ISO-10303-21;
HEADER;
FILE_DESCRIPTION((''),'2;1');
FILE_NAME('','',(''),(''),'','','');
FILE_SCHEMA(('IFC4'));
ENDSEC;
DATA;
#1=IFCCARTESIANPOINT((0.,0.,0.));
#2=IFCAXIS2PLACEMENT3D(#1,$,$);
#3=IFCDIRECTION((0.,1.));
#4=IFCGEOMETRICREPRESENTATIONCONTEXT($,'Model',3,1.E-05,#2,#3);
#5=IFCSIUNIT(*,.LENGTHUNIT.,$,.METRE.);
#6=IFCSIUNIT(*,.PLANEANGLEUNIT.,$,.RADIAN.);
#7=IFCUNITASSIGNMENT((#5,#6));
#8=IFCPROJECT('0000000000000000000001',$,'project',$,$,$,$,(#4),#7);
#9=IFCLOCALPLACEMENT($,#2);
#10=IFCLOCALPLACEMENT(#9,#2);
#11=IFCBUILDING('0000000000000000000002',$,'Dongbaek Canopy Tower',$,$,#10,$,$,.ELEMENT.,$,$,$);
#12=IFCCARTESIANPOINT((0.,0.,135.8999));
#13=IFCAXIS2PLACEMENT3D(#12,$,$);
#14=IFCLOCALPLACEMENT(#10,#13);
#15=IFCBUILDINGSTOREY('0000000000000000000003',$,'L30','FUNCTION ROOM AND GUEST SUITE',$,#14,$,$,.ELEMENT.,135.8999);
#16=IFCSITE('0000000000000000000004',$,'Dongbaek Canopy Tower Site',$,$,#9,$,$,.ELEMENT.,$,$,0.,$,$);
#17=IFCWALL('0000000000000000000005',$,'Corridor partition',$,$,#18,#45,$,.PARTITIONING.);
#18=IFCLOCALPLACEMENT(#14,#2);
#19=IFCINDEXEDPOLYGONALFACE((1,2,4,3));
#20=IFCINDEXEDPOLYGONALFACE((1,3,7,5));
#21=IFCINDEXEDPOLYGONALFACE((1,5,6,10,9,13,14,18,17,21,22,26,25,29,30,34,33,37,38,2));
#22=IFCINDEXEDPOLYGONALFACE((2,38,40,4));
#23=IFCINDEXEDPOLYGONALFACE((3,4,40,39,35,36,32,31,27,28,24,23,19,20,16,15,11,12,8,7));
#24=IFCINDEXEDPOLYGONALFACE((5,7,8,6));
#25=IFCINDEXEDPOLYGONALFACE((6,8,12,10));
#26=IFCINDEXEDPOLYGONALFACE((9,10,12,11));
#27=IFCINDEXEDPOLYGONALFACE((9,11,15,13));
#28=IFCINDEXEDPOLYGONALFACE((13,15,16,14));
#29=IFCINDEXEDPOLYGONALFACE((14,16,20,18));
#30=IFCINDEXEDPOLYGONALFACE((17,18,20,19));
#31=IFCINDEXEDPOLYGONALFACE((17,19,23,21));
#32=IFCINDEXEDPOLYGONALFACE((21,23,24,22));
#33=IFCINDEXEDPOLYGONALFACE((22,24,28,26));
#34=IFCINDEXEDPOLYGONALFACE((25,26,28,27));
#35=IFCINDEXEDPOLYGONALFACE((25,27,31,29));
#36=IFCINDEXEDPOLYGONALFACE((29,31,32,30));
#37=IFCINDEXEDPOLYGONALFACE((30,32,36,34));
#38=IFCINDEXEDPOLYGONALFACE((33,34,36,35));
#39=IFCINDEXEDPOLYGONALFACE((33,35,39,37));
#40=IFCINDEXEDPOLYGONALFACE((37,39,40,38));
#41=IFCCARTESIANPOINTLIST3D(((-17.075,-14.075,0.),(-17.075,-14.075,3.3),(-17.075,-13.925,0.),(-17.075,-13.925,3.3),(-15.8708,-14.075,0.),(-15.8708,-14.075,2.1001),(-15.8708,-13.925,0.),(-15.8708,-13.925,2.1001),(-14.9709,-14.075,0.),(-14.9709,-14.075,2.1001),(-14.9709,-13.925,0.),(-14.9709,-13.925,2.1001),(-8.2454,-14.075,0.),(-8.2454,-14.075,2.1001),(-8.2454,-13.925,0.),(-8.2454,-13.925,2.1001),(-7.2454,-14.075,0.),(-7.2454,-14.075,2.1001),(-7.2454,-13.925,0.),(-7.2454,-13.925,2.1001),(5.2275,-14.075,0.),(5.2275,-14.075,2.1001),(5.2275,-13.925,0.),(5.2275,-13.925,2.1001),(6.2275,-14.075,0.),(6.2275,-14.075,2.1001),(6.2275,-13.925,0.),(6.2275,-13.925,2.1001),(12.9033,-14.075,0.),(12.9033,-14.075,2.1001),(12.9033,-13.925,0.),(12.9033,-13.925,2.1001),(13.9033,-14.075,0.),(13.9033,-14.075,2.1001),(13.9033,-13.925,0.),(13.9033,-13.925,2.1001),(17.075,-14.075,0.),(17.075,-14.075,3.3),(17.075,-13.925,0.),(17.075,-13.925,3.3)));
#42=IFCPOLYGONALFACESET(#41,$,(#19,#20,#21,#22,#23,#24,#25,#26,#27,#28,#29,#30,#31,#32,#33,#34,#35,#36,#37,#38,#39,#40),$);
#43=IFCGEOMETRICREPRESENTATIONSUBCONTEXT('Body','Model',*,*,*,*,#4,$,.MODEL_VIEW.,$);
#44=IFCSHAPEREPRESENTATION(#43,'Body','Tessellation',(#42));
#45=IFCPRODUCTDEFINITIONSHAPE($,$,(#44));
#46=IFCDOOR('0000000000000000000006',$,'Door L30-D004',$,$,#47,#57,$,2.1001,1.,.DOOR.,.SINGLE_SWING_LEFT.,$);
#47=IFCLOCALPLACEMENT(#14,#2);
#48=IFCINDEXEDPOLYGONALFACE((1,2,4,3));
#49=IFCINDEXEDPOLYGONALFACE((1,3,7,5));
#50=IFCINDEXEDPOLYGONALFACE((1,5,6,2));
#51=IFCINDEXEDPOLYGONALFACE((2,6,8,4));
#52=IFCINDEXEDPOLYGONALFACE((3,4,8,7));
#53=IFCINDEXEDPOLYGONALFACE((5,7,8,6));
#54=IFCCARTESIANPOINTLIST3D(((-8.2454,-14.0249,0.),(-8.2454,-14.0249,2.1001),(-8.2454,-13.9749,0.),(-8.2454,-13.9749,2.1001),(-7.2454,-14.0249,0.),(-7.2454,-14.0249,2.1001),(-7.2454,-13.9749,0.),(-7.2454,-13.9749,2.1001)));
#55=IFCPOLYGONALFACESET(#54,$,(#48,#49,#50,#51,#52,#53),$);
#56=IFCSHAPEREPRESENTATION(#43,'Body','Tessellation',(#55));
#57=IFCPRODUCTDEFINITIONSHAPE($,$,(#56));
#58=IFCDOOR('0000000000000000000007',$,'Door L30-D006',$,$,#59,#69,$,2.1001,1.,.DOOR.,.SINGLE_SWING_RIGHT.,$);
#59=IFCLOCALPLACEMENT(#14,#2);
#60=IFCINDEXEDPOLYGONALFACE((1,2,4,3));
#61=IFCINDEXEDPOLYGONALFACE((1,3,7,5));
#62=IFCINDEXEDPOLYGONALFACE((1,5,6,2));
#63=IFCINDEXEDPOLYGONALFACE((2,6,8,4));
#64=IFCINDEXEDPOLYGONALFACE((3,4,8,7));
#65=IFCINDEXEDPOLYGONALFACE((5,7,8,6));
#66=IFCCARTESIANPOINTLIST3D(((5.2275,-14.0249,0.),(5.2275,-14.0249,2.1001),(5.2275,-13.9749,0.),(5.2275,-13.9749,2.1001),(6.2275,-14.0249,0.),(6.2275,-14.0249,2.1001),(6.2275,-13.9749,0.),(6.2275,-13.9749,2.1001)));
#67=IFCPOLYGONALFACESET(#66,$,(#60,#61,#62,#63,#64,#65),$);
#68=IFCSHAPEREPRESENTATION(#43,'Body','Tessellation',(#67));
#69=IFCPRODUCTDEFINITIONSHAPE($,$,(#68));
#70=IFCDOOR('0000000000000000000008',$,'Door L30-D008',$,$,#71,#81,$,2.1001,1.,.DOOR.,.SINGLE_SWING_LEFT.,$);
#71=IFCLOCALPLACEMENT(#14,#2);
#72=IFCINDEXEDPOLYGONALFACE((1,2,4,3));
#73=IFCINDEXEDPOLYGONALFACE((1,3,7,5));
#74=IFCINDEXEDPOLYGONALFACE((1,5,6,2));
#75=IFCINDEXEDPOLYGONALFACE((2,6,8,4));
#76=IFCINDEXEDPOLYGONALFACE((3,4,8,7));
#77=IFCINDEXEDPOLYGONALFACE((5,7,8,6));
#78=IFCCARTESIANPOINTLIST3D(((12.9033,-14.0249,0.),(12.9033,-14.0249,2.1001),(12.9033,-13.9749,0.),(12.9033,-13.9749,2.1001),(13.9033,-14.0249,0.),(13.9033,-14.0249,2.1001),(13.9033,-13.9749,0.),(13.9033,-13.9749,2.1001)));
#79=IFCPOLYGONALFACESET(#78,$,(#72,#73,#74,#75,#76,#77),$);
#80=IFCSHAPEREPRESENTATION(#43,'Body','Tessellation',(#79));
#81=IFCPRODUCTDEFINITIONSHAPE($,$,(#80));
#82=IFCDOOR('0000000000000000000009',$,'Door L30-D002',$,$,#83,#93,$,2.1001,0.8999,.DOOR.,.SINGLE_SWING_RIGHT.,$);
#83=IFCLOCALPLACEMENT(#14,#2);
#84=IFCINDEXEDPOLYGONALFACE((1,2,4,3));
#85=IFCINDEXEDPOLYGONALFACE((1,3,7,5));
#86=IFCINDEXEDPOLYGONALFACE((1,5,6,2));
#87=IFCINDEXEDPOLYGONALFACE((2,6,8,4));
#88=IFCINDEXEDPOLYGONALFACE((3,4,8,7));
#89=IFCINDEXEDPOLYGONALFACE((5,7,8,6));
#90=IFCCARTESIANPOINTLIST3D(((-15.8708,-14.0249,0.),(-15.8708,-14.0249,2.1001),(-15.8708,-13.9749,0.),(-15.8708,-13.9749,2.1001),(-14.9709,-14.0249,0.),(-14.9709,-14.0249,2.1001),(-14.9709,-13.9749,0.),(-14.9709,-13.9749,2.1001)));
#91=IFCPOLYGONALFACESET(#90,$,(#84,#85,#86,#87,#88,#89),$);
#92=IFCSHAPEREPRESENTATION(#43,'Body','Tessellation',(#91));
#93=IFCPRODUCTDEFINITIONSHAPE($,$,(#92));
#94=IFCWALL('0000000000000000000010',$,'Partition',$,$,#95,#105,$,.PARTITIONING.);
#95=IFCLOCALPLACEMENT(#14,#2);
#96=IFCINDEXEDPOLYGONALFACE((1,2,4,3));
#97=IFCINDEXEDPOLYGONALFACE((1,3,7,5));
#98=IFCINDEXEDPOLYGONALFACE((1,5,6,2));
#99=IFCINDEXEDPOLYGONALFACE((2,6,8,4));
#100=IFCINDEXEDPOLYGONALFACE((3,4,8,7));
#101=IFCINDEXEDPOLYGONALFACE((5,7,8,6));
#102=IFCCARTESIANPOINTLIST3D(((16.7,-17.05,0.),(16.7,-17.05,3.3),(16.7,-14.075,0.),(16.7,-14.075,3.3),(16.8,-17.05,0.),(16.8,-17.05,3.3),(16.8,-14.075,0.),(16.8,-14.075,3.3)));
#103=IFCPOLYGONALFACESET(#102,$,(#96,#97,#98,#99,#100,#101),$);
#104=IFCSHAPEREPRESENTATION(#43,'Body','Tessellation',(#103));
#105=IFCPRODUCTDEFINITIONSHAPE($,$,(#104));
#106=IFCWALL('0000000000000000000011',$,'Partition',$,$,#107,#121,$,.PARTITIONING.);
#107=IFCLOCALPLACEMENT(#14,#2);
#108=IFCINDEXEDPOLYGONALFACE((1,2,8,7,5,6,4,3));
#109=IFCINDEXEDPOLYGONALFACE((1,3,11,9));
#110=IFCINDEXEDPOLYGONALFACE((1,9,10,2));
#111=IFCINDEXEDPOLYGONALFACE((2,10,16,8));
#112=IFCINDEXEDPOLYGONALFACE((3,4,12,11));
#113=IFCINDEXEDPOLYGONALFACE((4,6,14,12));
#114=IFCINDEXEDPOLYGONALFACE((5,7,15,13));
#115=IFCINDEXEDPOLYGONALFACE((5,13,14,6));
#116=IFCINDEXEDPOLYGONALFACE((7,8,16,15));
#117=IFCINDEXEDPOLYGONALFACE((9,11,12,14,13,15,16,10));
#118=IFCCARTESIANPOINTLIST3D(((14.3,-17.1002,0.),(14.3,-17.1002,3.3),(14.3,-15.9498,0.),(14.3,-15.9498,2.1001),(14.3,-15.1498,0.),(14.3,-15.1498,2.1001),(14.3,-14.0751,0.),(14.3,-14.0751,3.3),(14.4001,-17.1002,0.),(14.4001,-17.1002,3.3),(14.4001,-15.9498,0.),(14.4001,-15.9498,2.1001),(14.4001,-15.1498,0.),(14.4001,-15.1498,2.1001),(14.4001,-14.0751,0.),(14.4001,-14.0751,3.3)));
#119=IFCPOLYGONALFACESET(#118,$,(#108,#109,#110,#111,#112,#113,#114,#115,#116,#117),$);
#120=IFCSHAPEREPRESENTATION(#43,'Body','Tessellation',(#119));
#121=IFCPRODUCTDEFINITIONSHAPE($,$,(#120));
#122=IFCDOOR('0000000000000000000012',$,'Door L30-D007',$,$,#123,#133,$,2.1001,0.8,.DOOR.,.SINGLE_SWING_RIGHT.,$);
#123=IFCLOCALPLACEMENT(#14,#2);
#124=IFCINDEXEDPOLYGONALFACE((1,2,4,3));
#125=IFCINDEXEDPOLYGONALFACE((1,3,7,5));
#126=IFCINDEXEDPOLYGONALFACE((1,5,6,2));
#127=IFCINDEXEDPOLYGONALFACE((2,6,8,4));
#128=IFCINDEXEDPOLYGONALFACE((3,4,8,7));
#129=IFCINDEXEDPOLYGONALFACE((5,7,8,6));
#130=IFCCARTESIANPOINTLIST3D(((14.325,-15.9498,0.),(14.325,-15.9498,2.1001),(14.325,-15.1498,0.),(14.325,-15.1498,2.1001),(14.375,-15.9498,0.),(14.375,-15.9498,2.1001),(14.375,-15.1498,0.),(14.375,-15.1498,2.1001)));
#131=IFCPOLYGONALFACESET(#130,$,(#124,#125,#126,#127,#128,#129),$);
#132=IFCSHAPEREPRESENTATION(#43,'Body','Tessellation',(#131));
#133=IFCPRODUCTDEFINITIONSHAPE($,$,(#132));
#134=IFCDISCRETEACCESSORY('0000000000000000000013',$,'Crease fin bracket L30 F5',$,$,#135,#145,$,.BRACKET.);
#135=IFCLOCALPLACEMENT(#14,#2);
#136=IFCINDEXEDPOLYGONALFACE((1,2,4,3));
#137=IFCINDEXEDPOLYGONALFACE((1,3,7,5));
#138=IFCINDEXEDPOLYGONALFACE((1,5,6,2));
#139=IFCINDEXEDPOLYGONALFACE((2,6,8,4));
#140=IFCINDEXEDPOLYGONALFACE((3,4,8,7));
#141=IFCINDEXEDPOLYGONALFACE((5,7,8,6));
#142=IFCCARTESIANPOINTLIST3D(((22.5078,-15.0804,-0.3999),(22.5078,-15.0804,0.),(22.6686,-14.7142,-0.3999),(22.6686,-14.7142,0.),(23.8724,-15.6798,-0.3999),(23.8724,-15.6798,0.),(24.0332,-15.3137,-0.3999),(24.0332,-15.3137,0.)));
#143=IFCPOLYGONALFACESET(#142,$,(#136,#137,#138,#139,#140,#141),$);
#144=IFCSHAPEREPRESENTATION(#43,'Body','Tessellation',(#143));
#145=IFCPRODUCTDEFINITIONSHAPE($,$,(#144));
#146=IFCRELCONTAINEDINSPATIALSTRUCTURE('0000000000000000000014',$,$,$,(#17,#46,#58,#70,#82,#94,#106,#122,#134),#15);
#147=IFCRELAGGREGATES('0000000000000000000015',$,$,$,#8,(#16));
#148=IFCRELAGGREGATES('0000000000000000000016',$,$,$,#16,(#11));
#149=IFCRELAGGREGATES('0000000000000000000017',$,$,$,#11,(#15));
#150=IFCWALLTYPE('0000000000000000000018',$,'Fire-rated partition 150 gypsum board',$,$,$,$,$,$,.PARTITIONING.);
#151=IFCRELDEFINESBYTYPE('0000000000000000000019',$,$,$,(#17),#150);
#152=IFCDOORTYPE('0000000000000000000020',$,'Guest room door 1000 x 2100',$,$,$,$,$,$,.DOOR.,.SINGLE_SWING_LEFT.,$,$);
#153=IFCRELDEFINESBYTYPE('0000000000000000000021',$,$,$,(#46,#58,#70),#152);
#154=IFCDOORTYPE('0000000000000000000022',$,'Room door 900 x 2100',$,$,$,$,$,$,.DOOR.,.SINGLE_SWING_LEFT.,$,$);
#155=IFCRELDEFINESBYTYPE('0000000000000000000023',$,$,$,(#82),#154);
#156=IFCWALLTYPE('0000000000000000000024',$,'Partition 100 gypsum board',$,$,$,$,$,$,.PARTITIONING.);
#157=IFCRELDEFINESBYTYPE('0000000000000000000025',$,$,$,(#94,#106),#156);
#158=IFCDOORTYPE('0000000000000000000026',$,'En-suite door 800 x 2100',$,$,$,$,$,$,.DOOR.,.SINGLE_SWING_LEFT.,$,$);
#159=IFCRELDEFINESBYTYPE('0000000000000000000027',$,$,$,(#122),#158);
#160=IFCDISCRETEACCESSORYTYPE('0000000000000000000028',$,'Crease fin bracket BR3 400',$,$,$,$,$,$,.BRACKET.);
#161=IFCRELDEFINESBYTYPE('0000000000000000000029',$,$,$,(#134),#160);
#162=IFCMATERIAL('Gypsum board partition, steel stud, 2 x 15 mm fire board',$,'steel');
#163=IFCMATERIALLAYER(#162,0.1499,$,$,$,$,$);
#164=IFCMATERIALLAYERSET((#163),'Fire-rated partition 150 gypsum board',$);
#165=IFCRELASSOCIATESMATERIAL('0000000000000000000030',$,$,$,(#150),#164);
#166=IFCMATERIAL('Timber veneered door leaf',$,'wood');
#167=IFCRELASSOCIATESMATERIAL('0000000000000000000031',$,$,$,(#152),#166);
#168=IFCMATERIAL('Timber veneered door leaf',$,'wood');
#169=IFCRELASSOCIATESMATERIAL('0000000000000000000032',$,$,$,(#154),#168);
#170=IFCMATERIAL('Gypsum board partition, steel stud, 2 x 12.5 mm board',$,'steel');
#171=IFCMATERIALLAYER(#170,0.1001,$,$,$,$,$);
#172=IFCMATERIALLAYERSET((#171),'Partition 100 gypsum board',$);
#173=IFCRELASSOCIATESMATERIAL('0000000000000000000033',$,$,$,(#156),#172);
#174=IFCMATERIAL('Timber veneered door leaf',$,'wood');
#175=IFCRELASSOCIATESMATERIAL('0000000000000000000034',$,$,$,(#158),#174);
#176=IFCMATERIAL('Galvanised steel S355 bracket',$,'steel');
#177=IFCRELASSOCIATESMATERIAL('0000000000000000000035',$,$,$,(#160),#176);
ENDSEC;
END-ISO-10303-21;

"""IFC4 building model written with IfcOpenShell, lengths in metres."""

from ifc_helpers import new_model, si_unit, direction, frame, frame_2d, origin, origin_2d, place, context, subcontext, project, spatial, rectangle, extrude, material, layer, layer_set, type_object, element, fill, save


model = new_model("IFC4")

# Units and contexts
model_context = context("Model", 3, precision=1e-05, world=origin(), true_north=direction((0.0, 1.0)))
body_context = subcontext(model_context, "Body", "Model", "MODEL_VIEW")
ifc_project = project(units=[si_unit("LENGTHUNIT", "METRE"), si_unit("PLANEANGLEUNIT", "RADIAN")], contexts=[model_context])

# Site, building, storey
site_placement = place(None, origin())
site = spatial("IfcSite", under=ifc_project, at=site_placement, Name="Dongbaek Canopy Tower Site", CompositionType="ELEMENT", RefElevation=0.0)
building_placement = place(site_placement, origin())
building = spatial("IfcBuilding", under=site, at=building_placement, Name="Dongbaek Canopy Tower", CompositionType="ELEMENT")
storey_placement = place(building_placement, frame((0.0, 0.0, 135.8999)))
storey = spatial("IfcBuildingStorey", under=building, at=storey_placement, Name="L30", Description="FUNCTION ROOM AND GUEST SUITE", CompositionType="ELEMENT", Elevation=135.8999)

# Wall, openings, doors
ifc_material_1 = material(Name="Gypsum board partition, steel stud, 2 x 15 mm fire board", Category="steel")
ifc_layer_1 = layer(ifc_material_1, 0.1499)
ifc_layer_set_1 = layer_set([ifc_layer_1], Name="Fire-rated partition 150 gypsum board")
wall_type_1 = type_object("IfcWallType", Name="Fire-rated partition 150 gypsum board", PredefinedType="PARTITIONING", material=ifc_layer_set_1)
wall_1_placement = place(storey_placement, frame((17.075, -14.0, 0.0), z_axis=(0.0, 0.0, 1.0), x_axis=(-1.0, 0.0, 0.0)))
wall_1 = element("IfcWall", 1, at=wall_1_placement, inside=storey, type_object=wall_type_1, Name="Corridor partition", PredefinedType="PARTITIONING", context=body_context, shape_type="SweptSolid", body=[
    extrude(rectangle(XDim=34.1499, YDim=0.1499, at=frame_2d((17.075, 0.0))), origin(), (0.0, 0.0, 1.0), 3.3),
])
opening_1_placement = place(wall_1_placement, frame((32.0459, 0.0, 0.0)))
opening_1 = element("IfcOpeningElement", 2, at=opening_1_placement, cuts=wall_1, PredefinedType="OPENING", context=body_context, shape_type="SweptSolid", body=[
    extrude(rectangle(XDim=0.8999, YDim=2.1001, at=frame_2d((0.45, 1.05))), frame((0.0, 0.085, 0.0), z_axis=(0.0, -1.0, 0.0), x_axis=(1.0, 0.0, 0.0)), (0.0, 0.0, 1.0), 0.1699),
])
opening_2_placement = place(wall_1_placement, frame((24.3203, 0.0, 0.0)))
opening_2 = element("IfcOpeningElement", 3, at=opening_2_placement, cuts=wall_1, PredefinedType="OPENING", context=body_context, shape_type="SweptSolid", body=[
    extrude(rectangle(XDim=1.0, YDim=2.1001, at=frame_2d((0.5, 1.05))), frame((0.0, 0.085, 0.0), z_axis=(0.0, -1.0, 0.0), x_axis=(1.0, 0.0, 0.0)), (0.0, 0.0, 1.0), 0.1699),
])
opening_3_placement = place(wall_1_placement, frame((10.8474, 0.0, 0.0)))
opening_3 = element("IfcOpeningElement", 4, at=opening_3_placement, cuts=wall_1, PredefinedType="OPENING", context=body_context, shape_type="SweptSolid", body=[
    extrude(rectangle(XDim=1.0, YDim=2.1001, at=frame_2d((0.5, 1.05))), frame((0.0, 0.085, 0.0), z_axis=(0.0, -1.0, 0.0), x_axis=(1.0, 0.0, 0.0)), (0.0, 0.0, 1.0), 0.1699),
])
opening_4_placement = place(wall_1_placement, frame((3.1716, 0.0, 0.0)))
opening_4 = element("IfcOpeningElement", 5, at=opening_4_placement, cuts=wall_1, PredefinedType="OPENING", context=body_context, shape_type="SweptSolid", body=[
    extrude(rectangle(XDim=1.0, YDim=2.1001, at=frame_2d((0.5, 1.05))), frame((0.0, 0.085, 0.0), z_axis=(0.0, -1.0, 0.0), x_axis=(1.0, 0.0, 0.0)), (0.0, 0.0, 1.0), 0.1699),
])
ifc_material_2 = material(Name="Timber veneered door leaf", Category="wood")
door_type_1 = type_object("IfcDoorType", Name="Guest room door 1000 x 2100", OperationType="SINGLE_SWING_LEFT", PredefinedType="DOOR", material=ifc_material_2)
door_1_placement = place(opening_2_placement, origin())
door_1 = element("IfcDoor", 6, at=door_1_placement, inside=storey, type_object=door_type_1, Name="Door L30-D004", OperationType="SINGLE_SWING_LEFT", OverallHeight=2.1001, OverallWidth=1.0, PredefinedType="DOOR", context=body_context, shape_type="SweptSolid", body=[
    extrude(rectangle(XDim=1.0, YDim=2.1001, at=frame_2d((0.5, 1.05))), frame((0.0, 0.0249, 0.0), z_axis=(0.0, -1.0, 0.0), x_axis=(1.0, 0.0, 0.0)), (0.0, 0.0, 1.0), 0.05),
])
fill(opening_2, door_1)
door_2_placement = place(opening_3_placement, origin())
door_2 = element("IfcDoor", 7, at=door_2_placement, inside=storey, type_object=door_type_1, Name="Door L30-D006", OperationType="SINGLE_SWING_RIGHT", OverallHeight=2.1001, OverallWidth=1.0, PredefinedType="DOOR", context=body_context, shape_type="SweptSolid", body=[
    extrude(rectangle(XDim=1.0, YDim=2.1001, at=frame_2d((0.5, 1.05))), frame((0.0, 0.0249, 0.0), z_axis=(0.0, -1.0, 0.0), x_axis=(1.0, 0.0, 0.0)), (0.0, 0.0, 1.0), 0.05),
])
fill(opening_3, door_2)
door_3_placement = place(opening_4_placement, origin())
door_3 = element("IfcDoor", 8, at=door_3_placement, inside=storey, type_object=door_type_1, Name="Door L30-D008", OperationType="SINGLE_SWING_LEFT", OverallHeight=2.1001, OverallWidth=1.0, PredefinedType="DOOR", context=body_context, shape_type="SweptSolid", body=[
    extrude(rectangle(XDim=1.0, YDim=2.1001, at=frame_2d((0.5, 1.05))), frame((0.0, 0.0249, 0.0), z_axis=(0.0, -1.0, 0.0), x_axis=(1.0, 0.0, 0.0)), (0.0, 0.0, 1.0), 0.05),
])
fill(opening_4, door_3)
ifc_material_3 = material(Name="Timber veneered door leaf", Category="wood")
door_type_2 = type_object("IfcDoorType", Name="Room door 900 x 2100", OperationType="SINGLE_SWING_LEFT", PredefinedType="DOOR", material=ifc_material_3)
door_4_placement = place(opening_1_placement, origin())
door_4 = element("IfcDoor", 9, at=door_4_placement, inside=storey, type_object=door_type_2, Name="Door L30-D002", OperationType="SINGLE_SWING_RIGHT", OverallHeight=2.1001, OverallWidth=0.8999, PredefinedType="DOOR", context=body_context, shape_type="SweptSolid", body=[
    extrude(rectangle(XDim=0.8999, YDim=2.1001, at=frame_2d((0.45, 1.05))), frame((0.0, 0.0249, 0.0), z_axis=(0.0, -1.0, 0.0), x_axis=(1.0, 0.0, 0.0)), (0.0, 0.0, 1.0), 0.05),
])
fill(opening_1, door_4)

# Wall
ifc_material_4 = material(Name="Gypsum board partition, steel stud, 2 x 12.5 mm board", Category="steel")
ifc_layer_2 = layer(ifc_material_4, 0.1001)
ifc_layer_set_2 = layer_set([ifc_layer_2], Name="Partition 100 gypsum board")
wall_type_2 = type_object("IfcWallType", Name="Partition 100 gypsum board", PredefinedType="PARTITIONING", material=ifc_layer_set_2)
wall_2_placement = place(storey_placement, frame((16.75, -17.05, 0.0), z_axis=(0.0, 0.0, 1.0), x_axis=(0.0, 1.0, 0.0)))
element("IfcWall", 10, at=wall_2_placement, inside=storey, type_object=wall_type_2, Name="Partition", PredefinedType="PARTITIONING", context=body_context, shape_type="SweptSolid", body=[
    extrude(rectangle(XDim=2.9751, YDim=0.1001, at=frame_2d((1.4875, 0.0))), origin(), (0.0, 0.0, 1.0), 3.3),
])

# Wall, opening, door
wall_3_placement = place(storey_placement, frame((14.3501, -14.075, 0.0), z_axis=(0.0, 0.0, 1.0), x_axis=(0.0, -1.0, 0.0)))
wall_3 = element("IfcWall", 11, at=wall_3_placement, inside=storey, type_object=wall_type_2, Name="Partition", PredefinedType="PARTITIONING", context=body_context, shape_type="SweptSolid", body=[
    extrude(rectangle(XDim=3.0251, YDim=0.1001, at=frame_2d((1.5127, 0.0))), origin(), (0.0, 0.0, 1.0), 3.3),
])
opening_5_placement = place(wall_3_placement, frame((1.075, 0.0, 0.0)))
opening_5 = element("IfcOpeningElement", 12, at=opening_5_placement, cuts=wall_3, PredefinedType="OPENING", context=body_context, shape_type="SweptSolid", body=[
    extrude(rectangle(XDim=0.8, YDim=2.1001, at=frame_2d((0.3999, 1.05))), frame((0.0, 0.0601, 0.0), z_axis=(0.0, -1.0, 0.0), x_axis=(1.0, 0.0, 0.0)), (0.0, 0.0, 1.0), 0.1201),
])
ifc_material_5 = material(Name="Timber veneered door leaf", Category="wood")
door_type_3 = type_object("IfcDoorType", Name="En-suite door 800 x 2100", OperationType="SINGLE_SWING_LEFT", PredefinedType="DOOR", material=ifc_material_5)
door_5_placement = place(opening_5_placement, origin())
door_5 = element("IfcDoor", 13, at=door_5_placement, inside=storey, type_object=door_type_3, Name="Door L30-D007", OperationType="SINGLE_SWING_RIGHT", OverallHeight=2.1001, OverallWidth=0.8, PredefinedType="DOOR", context=body_context, shape_type="SweptSolid", body=[
    extrude(rectangle(XDim=0.8, YDim=2.1001, at=frame_2d((0.3999, 1.05))), frame((0.0, 0.0249, 0.0), z_axis=(0.0, -1.0, 0.0), x_axis=(1.0, 0.0, 0.0)), (0.0, 0.0, 1.0), 0.05),
])
fill(opening_5, door_5)

# Discrete accessory
ifc_material_6 = material(Name="Galvanised steel S355 bracket", Category="steel")
discrete_accessory_type = type_object("IfcDiscreteAccessoryType", Name="Crease fin bracket BR3 400", PredefinedType="BRACKET", material=ifc_material_6)
discrete_accessory_placement = place(storey_placement, frame((23.2705, -15.197, -0.3999), z_axis=(0.0, 0.0, 1.0), x_axis=(0.915562, -0.402176, 0.0)))
element("IfcDiscreteAccessory", 14, at=discrete_accessory_placement, inside=storey, type_object=discrete_accessory_type, Name="Crease fin bracket L30 F5", PredefinedType="BRACKET", context=body_context, shape_type="SweptSolid", body=[
    extrude(rectangle(XDim=1.4905, YDim=0.3999, at=origin_2d()), origin(), (0.0, 0.0, 1.0), 0.3999),
])

save(model, "model.ifc")
